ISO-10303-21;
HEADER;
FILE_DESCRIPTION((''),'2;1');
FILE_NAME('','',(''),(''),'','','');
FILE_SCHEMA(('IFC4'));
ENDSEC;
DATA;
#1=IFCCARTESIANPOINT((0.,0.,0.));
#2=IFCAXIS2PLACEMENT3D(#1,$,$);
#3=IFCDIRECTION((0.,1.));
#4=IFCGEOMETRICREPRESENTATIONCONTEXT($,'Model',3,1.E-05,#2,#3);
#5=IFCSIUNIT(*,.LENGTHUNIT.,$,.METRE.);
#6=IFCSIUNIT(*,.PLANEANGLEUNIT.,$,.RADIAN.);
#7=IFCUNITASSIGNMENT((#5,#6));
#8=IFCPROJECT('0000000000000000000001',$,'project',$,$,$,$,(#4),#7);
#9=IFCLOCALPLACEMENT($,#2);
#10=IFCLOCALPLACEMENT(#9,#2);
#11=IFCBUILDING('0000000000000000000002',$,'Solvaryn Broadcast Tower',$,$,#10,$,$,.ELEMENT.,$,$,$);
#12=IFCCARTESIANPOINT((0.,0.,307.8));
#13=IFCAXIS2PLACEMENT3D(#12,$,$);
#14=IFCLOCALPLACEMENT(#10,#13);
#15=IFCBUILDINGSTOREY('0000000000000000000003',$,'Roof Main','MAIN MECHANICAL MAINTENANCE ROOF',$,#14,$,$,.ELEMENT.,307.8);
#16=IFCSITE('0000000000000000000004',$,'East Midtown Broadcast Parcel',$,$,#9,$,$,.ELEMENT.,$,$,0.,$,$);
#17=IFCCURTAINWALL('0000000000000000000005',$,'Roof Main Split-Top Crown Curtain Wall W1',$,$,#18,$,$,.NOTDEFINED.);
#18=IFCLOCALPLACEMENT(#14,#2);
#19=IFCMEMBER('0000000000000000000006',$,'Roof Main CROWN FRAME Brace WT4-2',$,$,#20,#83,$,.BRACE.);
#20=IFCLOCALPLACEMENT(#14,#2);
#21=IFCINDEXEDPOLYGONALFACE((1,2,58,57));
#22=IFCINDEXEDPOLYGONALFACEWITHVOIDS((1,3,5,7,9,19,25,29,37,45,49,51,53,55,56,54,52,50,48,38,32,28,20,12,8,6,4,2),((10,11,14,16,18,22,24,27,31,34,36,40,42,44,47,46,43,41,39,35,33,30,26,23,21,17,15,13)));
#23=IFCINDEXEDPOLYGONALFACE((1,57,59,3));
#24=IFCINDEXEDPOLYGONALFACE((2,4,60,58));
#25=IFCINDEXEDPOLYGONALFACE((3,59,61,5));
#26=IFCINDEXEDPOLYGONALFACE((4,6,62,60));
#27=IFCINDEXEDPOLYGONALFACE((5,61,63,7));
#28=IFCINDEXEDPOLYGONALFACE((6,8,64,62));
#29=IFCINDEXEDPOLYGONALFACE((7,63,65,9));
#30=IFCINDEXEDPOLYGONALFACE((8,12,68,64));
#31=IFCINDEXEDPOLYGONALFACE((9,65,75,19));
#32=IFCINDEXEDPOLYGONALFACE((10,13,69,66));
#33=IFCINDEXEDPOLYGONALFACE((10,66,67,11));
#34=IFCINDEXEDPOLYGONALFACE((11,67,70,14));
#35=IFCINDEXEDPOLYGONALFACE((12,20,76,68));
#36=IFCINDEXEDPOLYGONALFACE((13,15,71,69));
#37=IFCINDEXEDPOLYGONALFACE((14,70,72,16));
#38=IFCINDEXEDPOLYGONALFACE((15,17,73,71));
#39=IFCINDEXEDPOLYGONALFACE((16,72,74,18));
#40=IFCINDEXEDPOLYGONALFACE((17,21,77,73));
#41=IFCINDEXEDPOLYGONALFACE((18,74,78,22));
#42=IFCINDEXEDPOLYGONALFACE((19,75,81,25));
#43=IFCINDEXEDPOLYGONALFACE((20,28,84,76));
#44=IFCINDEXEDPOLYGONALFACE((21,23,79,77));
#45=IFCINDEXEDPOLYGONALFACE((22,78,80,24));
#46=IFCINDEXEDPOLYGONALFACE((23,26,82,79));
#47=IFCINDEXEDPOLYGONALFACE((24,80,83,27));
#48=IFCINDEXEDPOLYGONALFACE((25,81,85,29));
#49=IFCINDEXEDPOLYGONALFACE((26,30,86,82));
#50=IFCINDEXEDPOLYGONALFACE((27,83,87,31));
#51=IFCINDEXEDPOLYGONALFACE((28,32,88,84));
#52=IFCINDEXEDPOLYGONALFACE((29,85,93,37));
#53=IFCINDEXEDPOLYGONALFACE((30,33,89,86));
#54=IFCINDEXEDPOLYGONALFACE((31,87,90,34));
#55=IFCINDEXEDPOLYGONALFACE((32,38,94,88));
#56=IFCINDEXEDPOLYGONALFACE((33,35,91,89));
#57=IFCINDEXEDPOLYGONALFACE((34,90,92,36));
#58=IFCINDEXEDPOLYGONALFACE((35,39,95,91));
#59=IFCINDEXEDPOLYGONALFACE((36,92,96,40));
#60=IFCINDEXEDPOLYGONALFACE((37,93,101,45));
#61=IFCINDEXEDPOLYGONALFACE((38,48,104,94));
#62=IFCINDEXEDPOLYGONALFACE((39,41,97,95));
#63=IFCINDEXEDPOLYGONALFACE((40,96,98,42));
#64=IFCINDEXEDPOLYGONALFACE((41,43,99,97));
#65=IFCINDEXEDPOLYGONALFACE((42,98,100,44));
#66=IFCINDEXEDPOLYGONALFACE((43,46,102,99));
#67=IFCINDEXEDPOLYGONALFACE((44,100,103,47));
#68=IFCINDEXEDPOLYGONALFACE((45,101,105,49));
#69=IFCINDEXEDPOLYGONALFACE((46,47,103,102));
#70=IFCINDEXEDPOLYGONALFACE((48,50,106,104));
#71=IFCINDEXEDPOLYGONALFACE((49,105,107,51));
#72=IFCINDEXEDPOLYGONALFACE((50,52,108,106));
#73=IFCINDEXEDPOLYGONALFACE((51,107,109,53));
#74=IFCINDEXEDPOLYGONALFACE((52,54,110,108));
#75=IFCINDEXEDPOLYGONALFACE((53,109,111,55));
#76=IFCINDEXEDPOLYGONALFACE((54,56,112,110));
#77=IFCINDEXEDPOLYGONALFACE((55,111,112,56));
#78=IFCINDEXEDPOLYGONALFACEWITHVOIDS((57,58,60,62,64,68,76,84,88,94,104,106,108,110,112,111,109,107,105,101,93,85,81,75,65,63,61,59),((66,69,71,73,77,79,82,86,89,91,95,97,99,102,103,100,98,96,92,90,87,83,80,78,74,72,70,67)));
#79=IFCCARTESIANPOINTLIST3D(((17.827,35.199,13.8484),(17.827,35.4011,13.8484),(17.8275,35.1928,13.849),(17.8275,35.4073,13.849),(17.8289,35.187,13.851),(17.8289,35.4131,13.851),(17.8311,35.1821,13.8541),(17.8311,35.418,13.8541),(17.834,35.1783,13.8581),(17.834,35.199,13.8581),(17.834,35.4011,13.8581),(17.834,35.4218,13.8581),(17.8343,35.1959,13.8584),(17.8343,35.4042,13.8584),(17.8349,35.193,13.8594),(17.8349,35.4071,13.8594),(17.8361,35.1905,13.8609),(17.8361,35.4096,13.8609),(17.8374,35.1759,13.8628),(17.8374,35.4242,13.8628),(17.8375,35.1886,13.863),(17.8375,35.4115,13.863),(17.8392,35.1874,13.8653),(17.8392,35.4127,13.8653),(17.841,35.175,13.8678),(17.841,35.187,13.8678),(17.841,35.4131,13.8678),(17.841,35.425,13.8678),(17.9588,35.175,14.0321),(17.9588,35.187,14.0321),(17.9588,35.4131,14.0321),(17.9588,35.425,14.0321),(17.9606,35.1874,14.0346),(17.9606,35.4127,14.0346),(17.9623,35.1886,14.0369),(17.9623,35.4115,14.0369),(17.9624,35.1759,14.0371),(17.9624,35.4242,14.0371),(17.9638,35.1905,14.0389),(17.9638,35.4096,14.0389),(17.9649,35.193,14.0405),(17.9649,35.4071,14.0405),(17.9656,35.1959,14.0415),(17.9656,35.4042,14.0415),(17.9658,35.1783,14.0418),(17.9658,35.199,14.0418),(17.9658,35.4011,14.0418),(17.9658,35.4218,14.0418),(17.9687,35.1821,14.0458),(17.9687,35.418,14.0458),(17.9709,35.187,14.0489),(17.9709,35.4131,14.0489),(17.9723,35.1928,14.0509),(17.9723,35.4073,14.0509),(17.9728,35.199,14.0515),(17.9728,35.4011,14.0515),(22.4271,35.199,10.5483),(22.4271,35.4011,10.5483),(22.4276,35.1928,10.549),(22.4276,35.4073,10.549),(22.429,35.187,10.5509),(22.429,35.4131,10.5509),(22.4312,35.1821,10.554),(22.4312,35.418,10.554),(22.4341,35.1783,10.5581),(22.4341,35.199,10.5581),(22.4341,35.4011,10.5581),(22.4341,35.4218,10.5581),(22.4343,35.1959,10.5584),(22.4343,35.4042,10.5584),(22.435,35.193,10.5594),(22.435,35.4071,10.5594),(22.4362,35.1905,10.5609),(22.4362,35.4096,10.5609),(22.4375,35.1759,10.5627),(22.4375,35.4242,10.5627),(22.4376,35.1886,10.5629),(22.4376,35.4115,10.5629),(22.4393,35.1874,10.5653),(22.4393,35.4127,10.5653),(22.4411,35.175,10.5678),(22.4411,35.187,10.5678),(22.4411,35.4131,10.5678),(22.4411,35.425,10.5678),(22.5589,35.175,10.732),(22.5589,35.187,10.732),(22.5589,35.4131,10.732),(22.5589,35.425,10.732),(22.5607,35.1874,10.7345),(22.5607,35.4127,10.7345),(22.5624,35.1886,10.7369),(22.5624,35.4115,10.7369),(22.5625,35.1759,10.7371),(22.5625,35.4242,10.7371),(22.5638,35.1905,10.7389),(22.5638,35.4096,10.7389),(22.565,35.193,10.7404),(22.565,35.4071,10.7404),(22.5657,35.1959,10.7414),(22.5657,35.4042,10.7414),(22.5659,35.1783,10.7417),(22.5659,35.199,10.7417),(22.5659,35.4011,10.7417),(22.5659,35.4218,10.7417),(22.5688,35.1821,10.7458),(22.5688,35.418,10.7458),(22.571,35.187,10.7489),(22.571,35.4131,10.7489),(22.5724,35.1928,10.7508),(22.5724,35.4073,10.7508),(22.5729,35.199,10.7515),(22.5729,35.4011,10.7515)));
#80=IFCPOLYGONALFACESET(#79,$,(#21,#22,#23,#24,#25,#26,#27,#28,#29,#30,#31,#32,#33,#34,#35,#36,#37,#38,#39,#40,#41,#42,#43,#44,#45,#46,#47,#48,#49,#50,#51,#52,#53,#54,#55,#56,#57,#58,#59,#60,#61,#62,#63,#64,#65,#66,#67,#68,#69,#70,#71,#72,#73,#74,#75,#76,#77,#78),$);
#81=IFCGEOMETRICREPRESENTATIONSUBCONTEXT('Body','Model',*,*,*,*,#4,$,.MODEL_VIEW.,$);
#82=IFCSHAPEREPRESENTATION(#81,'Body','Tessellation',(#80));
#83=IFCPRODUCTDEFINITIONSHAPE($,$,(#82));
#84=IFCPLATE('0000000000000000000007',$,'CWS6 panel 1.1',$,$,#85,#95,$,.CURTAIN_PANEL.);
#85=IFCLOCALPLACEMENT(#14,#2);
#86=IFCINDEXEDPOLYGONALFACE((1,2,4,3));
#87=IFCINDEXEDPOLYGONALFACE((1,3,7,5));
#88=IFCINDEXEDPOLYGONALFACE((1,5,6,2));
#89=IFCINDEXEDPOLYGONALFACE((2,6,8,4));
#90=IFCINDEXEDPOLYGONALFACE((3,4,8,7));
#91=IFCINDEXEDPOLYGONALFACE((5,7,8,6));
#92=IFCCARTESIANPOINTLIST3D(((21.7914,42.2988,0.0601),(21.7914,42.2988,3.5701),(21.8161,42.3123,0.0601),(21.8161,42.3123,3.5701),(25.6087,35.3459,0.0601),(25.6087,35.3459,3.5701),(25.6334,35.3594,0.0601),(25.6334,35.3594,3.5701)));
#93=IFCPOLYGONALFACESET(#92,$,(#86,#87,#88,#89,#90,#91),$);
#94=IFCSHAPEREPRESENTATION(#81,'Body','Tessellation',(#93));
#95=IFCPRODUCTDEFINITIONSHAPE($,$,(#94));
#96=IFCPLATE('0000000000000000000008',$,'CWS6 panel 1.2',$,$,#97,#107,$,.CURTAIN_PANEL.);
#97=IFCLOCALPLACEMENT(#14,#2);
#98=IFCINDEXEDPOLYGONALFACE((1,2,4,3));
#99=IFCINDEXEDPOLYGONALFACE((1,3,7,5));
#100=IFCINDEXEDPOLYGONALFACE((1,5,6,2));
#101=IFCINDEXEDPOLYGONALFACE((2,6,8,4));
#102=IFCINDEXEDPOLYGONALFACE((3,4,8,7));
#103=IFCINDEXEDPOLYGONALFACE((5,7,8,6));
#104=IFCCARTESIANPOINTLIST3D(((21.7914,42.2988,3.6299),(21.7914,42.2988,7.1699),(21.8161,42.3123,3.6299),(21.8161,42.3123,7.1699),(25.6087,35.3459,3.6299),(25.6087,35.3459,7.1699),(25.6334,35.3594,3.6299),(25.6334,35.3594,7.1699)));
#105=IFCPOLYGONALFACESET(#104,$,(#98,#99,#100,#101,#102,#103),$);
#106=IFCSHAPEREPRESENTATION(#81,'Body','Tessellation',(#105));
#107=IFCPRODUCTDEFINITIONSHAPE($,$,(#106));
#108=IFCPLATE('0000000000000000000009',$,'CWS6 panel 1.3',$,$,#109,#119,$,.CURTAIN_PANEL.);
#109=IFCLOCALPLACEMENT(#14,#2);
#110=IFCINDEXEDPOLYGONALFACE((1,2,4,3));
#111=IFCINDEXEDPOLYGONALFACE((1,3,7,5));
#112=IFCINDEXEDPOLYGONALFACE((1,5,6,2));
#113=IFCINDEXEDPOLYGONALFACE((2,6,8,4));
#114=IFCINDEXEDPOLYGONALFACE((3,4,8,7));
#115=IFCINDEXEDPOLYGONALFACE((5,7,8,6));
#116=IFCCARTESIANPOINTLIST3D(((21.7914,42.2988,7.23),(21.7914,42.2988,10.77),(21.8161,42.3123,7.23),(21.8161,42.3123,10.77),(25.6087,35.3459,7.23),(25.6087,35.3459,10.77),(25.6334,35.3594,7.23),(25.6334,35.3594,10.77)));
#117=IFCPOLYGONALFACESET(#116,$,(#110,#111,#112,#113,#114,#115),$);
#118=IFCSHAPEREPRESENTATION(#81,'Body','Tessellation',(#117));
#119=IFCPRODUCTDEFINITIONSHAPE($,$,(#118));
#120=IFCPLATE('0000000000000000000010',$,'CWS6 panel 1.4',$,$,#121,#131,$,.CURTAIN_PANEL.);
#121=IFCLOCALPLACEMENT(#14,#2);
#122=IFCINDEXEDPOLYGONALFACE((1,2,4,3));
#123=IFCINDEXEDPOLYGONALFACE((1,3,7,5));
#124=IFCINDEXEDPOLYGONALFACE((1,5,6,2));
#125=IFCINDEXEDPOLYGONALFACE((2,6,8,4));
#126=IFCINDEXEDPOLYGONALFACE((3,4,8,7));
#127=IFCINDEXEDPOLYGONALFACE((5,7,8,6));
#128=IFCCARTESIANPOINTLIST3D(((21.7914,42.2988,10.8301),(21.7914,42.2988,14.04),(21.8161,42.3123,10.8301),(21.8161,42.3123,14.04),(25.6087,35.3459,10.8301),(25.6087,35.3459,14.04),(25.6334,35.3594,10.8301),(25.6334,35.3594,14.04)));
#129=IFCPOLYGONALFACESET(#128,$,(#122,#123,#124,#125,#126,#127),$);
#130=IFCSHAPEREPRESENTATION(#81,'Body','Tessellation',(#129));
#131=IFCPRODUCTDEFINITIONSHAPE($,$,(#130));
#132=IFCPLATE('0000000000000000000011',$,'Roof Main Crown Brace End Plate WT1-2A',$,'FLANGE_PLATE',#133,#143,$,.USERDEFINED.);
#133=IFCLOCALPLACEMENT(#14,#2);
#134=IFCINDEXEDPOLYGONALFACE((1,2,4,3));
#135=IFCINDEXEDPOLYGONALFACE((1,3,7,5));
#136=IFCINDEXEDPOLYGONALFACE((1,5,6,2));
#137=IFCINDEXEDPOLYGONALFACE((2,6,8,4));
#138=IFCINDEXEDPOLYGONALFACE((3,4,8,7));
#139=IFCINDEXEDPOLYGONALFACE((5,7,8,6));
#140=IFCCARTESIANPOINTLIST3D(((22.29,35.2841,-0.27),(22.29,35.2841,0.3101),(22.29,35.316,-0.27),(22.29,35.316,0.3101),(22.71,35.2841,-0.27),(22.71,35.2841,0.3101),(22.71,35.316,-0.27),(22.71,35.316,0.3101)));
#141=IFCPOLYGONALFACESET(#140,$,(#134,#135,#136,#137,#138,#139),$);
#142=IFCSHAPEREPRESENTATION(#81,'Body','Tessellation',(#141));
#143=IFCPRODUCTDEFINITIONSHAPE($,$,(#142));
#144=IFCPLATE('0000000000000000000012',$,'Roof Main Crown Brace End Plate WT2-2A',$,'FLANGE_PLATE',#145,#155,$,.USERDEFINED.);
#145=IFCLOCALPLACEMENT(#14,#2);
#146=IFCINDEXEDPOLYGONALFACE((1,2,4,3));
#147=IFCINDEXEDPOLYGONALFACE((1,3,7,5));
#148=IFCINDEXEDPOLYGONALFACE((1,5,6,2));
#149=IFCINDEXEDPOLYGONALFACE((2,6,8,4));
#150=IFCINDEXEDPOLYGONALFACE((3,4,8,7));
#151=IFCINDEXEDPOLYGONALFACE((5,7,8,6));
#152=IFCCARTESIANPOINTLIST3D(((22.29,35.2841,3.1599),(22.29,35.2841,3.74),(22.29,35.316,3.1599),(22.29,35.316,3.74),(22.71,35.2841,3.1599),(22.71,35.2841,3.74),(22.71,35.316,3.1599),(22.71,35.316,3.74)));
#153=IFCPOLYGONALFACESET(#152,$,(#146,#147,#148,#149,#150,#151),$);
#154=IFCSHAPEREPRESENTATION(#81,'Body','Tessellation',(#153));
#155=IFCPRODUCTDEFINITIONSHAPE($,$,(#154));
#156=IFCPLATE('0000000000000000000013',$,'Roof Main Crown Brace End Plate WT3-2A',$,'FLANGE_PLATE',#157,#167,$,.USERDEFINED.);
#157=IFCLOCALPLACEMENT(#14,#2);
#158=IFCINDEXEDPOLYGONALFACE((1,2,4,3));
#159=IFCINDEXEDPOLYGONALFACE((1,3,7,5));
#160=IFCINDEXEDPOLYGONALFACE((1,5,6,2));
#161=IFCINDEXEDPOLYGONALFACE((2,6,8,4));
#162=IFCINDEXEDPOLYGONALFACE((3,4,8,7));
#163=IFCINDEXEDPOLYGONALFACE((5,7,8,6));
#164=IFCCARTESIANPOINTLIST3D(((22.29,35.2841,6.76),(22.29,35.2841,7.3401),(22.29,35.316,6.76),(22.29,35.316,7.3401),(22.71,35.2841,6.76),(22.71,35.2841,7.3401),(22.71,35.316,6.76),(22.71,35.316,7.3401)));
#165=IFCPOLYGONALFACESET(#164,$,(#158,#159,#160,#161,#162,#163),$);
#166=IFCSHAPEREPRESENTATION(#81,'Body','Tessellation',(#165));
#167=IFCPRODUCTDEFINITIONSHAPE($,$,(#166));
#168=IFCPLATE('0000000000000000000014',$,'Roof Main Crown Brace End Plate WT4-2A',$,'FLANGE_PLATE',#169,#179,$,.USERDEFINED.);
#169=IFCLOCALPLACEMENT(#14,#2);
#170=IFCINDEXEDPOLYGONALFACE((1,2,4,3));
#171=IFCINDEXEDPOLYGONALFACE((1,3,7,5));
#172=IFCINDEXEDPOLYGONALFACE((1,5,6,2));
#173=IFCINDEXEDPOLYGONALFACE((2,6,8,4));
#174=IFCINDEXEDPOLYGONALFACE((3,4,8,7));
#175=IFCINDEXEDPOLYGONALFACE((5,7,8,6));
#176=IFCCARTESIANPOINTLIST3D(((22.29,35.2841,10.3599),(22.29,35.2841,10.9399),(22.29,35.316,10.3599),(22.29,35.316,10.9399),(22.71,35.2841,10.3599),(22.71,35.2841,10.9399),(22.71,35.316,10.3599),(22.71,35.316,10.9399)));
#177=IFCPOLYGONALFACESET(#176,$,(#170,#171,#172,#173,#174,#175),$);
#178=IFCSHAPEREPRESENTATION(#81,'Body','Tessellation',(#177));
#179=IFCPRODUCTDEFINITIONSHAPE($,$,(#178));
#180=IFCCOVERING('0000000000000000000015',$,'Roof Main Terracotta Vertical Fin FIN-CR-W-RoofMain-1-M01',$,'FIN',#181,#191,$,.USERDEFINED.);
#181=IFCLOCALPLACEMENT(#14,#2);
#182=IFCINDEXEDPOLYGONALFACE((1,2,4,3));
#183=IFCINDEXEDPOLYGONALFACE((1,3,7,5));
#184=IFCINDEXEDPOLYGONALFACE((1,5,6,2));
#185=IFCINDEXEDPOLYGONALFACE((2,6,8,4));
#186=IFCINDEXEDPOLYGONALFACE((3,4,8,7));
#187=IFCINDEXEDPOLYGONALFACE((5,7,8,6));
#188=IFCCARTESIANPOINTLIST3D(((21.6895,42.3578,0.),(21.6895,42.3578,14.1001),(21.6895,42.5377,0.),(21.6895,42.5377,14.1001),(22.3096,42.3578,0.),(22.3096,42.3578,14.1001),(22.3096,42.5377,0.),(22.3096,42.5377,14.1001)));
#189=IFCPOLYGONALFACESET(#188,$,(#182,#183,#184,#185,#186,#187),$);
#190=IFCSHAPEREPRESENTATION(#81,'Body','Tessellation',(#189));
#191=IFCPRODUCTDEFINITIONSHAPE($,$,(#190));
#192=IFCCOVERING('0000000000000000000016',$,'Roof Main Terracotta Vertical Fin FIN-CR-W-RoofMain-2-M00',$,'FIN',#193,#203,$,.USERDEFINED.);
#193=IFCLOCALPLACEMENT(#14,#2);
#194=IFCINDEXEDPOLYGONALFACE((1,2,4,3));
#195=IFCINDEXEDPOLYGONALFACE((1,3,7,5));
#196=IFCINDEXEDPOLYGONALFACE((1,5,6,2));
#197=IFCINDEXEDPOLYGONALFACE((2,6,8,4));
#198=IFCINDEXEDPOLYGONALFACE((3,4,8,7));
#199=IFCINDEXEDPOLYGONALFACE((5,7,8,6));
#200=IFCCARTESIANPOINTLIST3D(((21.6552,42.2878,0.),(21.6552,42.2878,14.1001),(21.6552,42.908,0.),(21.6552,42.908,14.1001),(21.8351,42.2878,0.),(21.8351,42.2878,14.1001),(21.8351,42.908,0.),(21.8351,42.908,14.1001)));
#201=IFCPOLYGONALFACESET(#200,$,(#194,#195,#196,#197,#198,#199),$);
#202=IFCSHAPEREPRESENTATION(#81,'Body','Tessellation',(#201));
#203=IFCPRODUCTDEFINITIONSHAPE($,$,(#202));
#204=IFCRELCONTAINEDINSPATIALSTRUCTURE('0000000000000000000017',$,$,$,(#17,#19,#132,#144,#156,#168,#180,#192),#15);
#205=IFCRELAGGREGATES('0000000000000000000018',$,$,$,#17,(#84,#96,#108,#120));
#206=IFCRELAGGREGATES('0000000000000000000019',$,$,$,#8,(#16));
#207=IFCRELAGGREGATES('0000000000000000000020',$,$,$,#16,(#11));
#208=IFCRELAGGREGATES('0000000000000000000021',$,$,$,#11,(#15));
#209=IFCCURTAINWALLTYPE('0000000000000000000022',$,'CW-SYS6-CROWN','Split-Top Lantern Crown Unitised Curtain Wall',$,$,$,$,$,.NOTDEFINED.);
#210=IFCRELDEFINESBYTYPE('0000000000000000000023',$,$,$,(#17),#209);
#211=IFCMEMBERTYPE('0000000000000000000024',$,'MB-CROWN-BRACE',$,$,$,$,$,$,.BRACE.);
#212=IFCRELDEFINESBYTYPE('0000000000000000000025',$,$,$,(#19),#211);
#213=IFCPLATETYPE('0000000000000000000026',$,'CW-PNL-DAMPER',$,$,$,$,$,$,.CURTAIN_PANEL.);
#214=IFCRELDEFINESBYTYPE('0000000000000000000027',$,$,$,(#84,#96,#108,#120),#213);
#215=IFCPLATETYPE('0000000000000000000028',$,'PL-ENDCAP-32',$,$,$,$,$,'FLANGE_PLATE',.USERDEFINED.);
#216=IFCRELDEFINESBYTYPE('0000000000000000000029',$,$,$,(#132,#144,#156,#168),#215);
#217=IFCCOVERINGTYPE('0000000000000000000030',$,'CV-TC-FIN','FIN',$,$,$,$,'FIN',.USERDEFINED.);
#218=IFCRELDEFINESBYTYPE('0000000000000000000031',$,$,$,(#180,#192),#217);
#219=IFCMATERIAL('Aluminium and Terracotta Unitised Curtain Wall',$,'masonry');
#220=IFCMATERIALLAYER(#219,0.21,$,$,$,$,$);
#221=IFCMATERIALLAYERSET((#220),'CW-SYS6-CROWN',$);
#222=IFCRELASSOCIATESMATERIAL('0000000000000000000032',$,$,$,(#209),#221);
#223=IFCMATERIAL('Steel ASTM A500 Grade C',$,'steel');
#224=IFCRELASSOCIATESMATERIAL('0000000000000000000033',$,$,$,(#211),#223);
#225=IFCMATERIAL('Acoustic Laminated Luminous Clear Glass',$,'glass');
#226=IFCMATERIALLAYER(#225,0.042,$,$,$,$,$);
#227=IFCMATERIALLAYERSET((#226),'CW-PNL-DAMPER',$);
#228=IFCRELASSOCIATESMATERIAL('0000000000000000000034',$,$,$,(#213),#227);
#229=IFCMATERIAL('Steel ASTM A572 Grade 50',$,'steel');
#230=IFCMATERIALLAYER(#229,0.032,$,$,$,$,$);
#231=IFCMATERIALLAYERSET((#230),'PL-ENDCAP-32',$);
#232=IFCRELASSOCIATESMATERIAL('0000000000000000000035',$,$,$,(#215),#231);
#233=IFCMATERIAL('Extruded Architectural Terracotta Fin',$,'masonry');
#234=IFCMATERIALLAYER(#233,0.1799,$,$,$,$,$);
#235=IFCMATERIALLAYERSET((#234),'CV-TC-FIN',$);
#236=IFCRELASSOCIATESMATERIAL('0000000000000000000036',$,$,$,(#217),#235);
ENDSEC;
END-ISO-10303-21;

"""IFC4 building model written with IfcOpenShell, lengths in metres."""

from ifc_helpers import new_model, si_unit, direction, frame, origin, origin_2d, place, context, subcontext, project, spatial, rectangle, hollow_rectangle, extrude, material, layer, layer_set, material_profile, profile_set, type_object, element, aggregate, save


model = new_model("IFC4")

# Units and contexts
model_context = context("Model", 3, precision=1e-05, world=origin(), true_north=direction((0.0, 1.0)))
body_context = subcontext(model_context, "Body", "Model", "MODEL_VIEW")
ifc_project = project(units=[si_unit("LENGTHUNIT", "METRE"), si_unit("PLANEANGLEUNIT", "RADIAN")], contexts=[model_context])

# Site, building, storey
site_placement = place(None, origin())
site = spatial("IfcSite", under=ifc_project, at=site_placement, Name="East Midtown Broadcast Parcel", CompositionType="ELEMENT", RefElevation=0.0)
building_placement = place(site_placement, origin())
building = spatial("IfcBuilding", under=site, at=building_placement, Name="Solvaryn Broadcast Tower", CompositionType="ELEMENT")
storey_placement = place(building_placement, frame((0.0, 0.0, 307.8)))
storey = spatial("IfcBuildingStorey", under=building, at=storey_placement, Name="Roof Main", Description="MAIN MECHANICAL MAINTENANCE ROOF", CompositionType="ELEMENT", Elevation=307.8)

# Curtain wall
ifc_material_1 = material(Name="Aluminium and Terracotta Unitised Curtain Wall", Category="masonry")
ifc_layer_1 = layer(ifc_material_1, 0.21)
ifc_layer_set_1 = layer_set([ifc_layer_1], Name="CW-SYS6-CROWN")
curtain_wall_type = type_object("IfcCurtainWallType", Name="CW-SYS6-CROWN", Description="Split-Top Lantern Crown Unitised Curtain Wall", PredefinedType="NOTDEFINED", material=ifc_layer_set_1)
curtain_wall_1_placement = place(storey_placement, origin())
curtain_wall_1 = element("IfcCurtainWall", 1, at=curtain_wall_1_placement, inside=storey, type_object=curtain_wall_type, Name="Roof Main Split-Top Crown Curtain Wall W1", PredefinedType="NOTDEFINED")

# Member
ifc_material_2 = material(Name="Steel ASTM A500 Grade C", Category="steel")
ifc_material_profile_1 = material_profile(ifc_material_2, hollow_rectangle(XDim=0.25, YDim=0.25, WallThickness=0.012, InnerFilletRadius=0.012, OuterFilletRadius=0.0239, at=origin_2d()))
ifc_profile_set_1 = profile_set([ifc_material_profile_1], Name="Steel ASTM A500 Grade C")
member_type_1 = type_object("IfcMemberType", Name="MB-CROWN-BRACE", PredefinedType="BRACE", material=ifc_profile_set_1)
member_1_placement = place(storey_placement, frame((22.5, 35.3, 10.6499), z_axis=(-0.81254, 0.0, 0.582905), x_axis=(0.0, -1.0, 0.0)))
element("IfcMember", 2, at=member_1_placement, inside=storey, type_object=member_type_1, Name="Roof Main CROWN FRAME Brace WT4-2", PredefinedType="BRACE", context=body_context, shape_type="SweptSolid", body=[
    extrude(hollow_rectangle(XDim=0.25, YDim=0.25, WallThickness=0.012, InnerFilletRadius=0.012, OuterFilletRadius=0.0239, at=origin_2d()), origin(), (0.0, 0.0, 1.0), 5.6614),
])

# Plates
ifc_material_3 = material(Name="Acoustic Laminated Luminous Clear Glass", Category="glass")
ifc_layer_2 = layer(ifc_material_3, 0.042)
ifc_layer_set_2 = layer_set([ifc_layer_2], Name="CW-PNL-DAMPER")
plate_type_1 = type_object("IfcPlateType", Name="CW-PNL-DAMPER", PredefinedType="CURTAIN_PANEL", material=ifc_layer_set_2)
plate_1_placement = place(storey_placement, frame((23.7124, 38.8291, 0.0601), z_axis=(0.0, 0.0, 1.0), x_axis=(-0.481261, 0.876578, 0.0)))
plate_1 = element("IfcPlate", 3, at=plate_1_placement, type_object=plate_type_1, Name="CWS6 panel 1.1", PredefinedType="CURTAIN_PANEL", context=body_context, shape_type="SweptSolid", body=[
    extrude(rectangle(XDim=7.9319, YDim=0.0281, at=origin_2d()), origin(), (0.0, 0.0, 1.0), 3.51),
])
plate_2_placement = place(storey_placement, frame((23.7124, 38.8291, 3.6299), z_axis=(0.0, 0.0, 1.0), x_axis=(-0.481261, 0.876578, 0.0)))
plate_2 = element("IfcPlate", 4, at=plate_2_placement, type_object=plate_type_1, Name="CWS6 panel 1.2", PredefinedType="CURTAIN_PANEL", context=body_context, shape_type="SweptSolid", body=[
    extrude(rectangle(XDim=7.9319, YDim=0.0281, at=origin_2d()), origin(), (0.0, 0.0, 1.0), 3.54),
])
plate_3_placement = place(storey_placement, frame((23.7124, 38.8291, 7.23), z_axis=(0.0, 0.0, 1.0), x_axis=(-0.481261, 0.876578, 0.0)))
plate_3 = element("IfcPlate", 5, at=plate_3_placement, type_object=plate_type_1, Name="CWS6 panel 1.3", PredefinedType="CURTAIN_PANEL", context=body_context, shape_type="SweptSolid", body=[
    extrude(rectangle(XDim=7.9319, YDim=0.0281, at=origin_2d()), origin(), (0.0, 0.0, 1.0), 3.54),
])
plate_4_placement = place(storey_placement, frame((23.7124, 38.8291, 10.8301), z_axis=(0.0, 0.0, 1.0), x_axis=(-0.481261, 0.876578, 0.0)))
plate_4 = element("IfcPlate", 6, at=plate_4_placement, type_object=plate_type_1, Name="CWS6 panel 1.4", PredefinedType="CURTAIN_PANEL", context=body_context, shape_type="SweptSolid", body=[
    extrude(rectangle(XDim=7.9319, YDim=0.0281, at=origin_2d()), origin(), (0.0, 0.0, 1.0), 3.21),
])
aggregate(curtain_wall_1, [plate_1, plate_2, plate_3, plate_4])

# Plates
ifc_material_4 = material(Name="Steel ASTM A572 Grade 50", Category="steel")
ifc_layer_3 = layer(ifc_material_4, 0.032)
ifc_layer_set_3 = layer_set([ifc_layer_3], Name="PL-ENDCAP-32")
plate_type_2 = type_object("IfcPlateType", Name="PL-ENDCAP-32", ElementType="FLANGE_PLATE", PredefinedType="USERDEFINED", material=ifc_layer_set_3)
for number, where, z_axis, x_axis, name in (
    (7, (22.5, 35.3, -0.27), (0.0, 0.0, 1.0), (1.0, 0.0, 0.0), "Roof Main Crown Brace End Plate WT1-2A"),
    (8, (22.5, 35.3, 3.1599), (0.0, 0.0, 1.0), (1.0, 0.0, 0.0), "Roof Main Crown Brace End Plate WT2-2A"),
    (9, (22.5, 35.3, 6.76), (0.0, 0.0, 1.0), (1.0, 0.0, 0.0), "Roof Main Crown Brace End Plate WT3-2A"),
    (10, (22.5, 35.3, 10.3599), (0.0, 0.0, 1.0), (1.0, 0.0, 0.0), "Roof Main Crown Brace End Plate WT4-2A"),
):
    element("IfcPlate", number, at=place(storey_placement, frame(where, z_axis=z_axis, x_axis=x_axis)), inside=storey, type_object=plate_type_2, Name=name, ObjectType="FLANGE_PLATE", PredefinedType="USERDEFINED", context=body_context, shape_type="SweptSolid", body=[
        extrude(rectangle(XDim=0.4199, YDim=0.032, at=origin_2d()), origin(), (0.0, 0.0, 1.0), 0.5801),
    ])

# Coverings
ifc_material_5 = material(Name="Extruded Architectural Terracotta Fin", Category="masonry")
ifc_layer_4 = layer(ifc_material_5, 0.1799)
ifc_layer_set_4 = layer_set([ifc_layer_4], Name="CV-TC-FIN")
covering_type = type_object("IfcCoveringType", Name="CV-TC-FIN", Description="FIN", ElementType="FIN", PredefinedType="USERDEFINED", material=ifc_layer_set_4)
covering_1_placement = place(storey_placement, frame((21.9995, 42.4478, 0.0), z_axis=(0.0, 0.0, 1.0), x_axis=(1.0, 0.0, 0.0)))
element("IfcCovering", 11, at=covering_1_placement, inside=storey, type_object=covering_type, Name="Roof Main Terracotta Vertical Fin FIN-CR-W-RoofMain-1-M01", ObjectType="FIN", PredefinedType="USERDEFINED", context=body_context, shape_type="SweptSolid", body=[
    extrude(rectangle(XDim=0.6201, YDim=0.1799, at=origin_2d()), origin(), (0.0, 0.0, 1.0), 14.1001),
])
covering_2_placement = place(storey_placement, frame((21.7451, 42.5979, 0.0), z_axis=(0.0, 0.0, 1.0), x_axis=(1.0, 0.0, 0.0)))
element("IfcCovering", 12, at=covering_2_placement, inside=storey, type_object=covering_type, Name="Roof Main Terracotta Vertical Fin FIN-CR-W-RoofMain-2-M00", ObjectType="FIN", PredefinedType="USERDEFINED", context=body_context, shape_type="SweptSolid", body=[
    extrude(rectangle(XDim=0.1799, YDim=0.6201, at=origin_2d()), origin(), (0.0, 0.0, 1.0), 14.1001),
])

save(model, "model.ifc")
